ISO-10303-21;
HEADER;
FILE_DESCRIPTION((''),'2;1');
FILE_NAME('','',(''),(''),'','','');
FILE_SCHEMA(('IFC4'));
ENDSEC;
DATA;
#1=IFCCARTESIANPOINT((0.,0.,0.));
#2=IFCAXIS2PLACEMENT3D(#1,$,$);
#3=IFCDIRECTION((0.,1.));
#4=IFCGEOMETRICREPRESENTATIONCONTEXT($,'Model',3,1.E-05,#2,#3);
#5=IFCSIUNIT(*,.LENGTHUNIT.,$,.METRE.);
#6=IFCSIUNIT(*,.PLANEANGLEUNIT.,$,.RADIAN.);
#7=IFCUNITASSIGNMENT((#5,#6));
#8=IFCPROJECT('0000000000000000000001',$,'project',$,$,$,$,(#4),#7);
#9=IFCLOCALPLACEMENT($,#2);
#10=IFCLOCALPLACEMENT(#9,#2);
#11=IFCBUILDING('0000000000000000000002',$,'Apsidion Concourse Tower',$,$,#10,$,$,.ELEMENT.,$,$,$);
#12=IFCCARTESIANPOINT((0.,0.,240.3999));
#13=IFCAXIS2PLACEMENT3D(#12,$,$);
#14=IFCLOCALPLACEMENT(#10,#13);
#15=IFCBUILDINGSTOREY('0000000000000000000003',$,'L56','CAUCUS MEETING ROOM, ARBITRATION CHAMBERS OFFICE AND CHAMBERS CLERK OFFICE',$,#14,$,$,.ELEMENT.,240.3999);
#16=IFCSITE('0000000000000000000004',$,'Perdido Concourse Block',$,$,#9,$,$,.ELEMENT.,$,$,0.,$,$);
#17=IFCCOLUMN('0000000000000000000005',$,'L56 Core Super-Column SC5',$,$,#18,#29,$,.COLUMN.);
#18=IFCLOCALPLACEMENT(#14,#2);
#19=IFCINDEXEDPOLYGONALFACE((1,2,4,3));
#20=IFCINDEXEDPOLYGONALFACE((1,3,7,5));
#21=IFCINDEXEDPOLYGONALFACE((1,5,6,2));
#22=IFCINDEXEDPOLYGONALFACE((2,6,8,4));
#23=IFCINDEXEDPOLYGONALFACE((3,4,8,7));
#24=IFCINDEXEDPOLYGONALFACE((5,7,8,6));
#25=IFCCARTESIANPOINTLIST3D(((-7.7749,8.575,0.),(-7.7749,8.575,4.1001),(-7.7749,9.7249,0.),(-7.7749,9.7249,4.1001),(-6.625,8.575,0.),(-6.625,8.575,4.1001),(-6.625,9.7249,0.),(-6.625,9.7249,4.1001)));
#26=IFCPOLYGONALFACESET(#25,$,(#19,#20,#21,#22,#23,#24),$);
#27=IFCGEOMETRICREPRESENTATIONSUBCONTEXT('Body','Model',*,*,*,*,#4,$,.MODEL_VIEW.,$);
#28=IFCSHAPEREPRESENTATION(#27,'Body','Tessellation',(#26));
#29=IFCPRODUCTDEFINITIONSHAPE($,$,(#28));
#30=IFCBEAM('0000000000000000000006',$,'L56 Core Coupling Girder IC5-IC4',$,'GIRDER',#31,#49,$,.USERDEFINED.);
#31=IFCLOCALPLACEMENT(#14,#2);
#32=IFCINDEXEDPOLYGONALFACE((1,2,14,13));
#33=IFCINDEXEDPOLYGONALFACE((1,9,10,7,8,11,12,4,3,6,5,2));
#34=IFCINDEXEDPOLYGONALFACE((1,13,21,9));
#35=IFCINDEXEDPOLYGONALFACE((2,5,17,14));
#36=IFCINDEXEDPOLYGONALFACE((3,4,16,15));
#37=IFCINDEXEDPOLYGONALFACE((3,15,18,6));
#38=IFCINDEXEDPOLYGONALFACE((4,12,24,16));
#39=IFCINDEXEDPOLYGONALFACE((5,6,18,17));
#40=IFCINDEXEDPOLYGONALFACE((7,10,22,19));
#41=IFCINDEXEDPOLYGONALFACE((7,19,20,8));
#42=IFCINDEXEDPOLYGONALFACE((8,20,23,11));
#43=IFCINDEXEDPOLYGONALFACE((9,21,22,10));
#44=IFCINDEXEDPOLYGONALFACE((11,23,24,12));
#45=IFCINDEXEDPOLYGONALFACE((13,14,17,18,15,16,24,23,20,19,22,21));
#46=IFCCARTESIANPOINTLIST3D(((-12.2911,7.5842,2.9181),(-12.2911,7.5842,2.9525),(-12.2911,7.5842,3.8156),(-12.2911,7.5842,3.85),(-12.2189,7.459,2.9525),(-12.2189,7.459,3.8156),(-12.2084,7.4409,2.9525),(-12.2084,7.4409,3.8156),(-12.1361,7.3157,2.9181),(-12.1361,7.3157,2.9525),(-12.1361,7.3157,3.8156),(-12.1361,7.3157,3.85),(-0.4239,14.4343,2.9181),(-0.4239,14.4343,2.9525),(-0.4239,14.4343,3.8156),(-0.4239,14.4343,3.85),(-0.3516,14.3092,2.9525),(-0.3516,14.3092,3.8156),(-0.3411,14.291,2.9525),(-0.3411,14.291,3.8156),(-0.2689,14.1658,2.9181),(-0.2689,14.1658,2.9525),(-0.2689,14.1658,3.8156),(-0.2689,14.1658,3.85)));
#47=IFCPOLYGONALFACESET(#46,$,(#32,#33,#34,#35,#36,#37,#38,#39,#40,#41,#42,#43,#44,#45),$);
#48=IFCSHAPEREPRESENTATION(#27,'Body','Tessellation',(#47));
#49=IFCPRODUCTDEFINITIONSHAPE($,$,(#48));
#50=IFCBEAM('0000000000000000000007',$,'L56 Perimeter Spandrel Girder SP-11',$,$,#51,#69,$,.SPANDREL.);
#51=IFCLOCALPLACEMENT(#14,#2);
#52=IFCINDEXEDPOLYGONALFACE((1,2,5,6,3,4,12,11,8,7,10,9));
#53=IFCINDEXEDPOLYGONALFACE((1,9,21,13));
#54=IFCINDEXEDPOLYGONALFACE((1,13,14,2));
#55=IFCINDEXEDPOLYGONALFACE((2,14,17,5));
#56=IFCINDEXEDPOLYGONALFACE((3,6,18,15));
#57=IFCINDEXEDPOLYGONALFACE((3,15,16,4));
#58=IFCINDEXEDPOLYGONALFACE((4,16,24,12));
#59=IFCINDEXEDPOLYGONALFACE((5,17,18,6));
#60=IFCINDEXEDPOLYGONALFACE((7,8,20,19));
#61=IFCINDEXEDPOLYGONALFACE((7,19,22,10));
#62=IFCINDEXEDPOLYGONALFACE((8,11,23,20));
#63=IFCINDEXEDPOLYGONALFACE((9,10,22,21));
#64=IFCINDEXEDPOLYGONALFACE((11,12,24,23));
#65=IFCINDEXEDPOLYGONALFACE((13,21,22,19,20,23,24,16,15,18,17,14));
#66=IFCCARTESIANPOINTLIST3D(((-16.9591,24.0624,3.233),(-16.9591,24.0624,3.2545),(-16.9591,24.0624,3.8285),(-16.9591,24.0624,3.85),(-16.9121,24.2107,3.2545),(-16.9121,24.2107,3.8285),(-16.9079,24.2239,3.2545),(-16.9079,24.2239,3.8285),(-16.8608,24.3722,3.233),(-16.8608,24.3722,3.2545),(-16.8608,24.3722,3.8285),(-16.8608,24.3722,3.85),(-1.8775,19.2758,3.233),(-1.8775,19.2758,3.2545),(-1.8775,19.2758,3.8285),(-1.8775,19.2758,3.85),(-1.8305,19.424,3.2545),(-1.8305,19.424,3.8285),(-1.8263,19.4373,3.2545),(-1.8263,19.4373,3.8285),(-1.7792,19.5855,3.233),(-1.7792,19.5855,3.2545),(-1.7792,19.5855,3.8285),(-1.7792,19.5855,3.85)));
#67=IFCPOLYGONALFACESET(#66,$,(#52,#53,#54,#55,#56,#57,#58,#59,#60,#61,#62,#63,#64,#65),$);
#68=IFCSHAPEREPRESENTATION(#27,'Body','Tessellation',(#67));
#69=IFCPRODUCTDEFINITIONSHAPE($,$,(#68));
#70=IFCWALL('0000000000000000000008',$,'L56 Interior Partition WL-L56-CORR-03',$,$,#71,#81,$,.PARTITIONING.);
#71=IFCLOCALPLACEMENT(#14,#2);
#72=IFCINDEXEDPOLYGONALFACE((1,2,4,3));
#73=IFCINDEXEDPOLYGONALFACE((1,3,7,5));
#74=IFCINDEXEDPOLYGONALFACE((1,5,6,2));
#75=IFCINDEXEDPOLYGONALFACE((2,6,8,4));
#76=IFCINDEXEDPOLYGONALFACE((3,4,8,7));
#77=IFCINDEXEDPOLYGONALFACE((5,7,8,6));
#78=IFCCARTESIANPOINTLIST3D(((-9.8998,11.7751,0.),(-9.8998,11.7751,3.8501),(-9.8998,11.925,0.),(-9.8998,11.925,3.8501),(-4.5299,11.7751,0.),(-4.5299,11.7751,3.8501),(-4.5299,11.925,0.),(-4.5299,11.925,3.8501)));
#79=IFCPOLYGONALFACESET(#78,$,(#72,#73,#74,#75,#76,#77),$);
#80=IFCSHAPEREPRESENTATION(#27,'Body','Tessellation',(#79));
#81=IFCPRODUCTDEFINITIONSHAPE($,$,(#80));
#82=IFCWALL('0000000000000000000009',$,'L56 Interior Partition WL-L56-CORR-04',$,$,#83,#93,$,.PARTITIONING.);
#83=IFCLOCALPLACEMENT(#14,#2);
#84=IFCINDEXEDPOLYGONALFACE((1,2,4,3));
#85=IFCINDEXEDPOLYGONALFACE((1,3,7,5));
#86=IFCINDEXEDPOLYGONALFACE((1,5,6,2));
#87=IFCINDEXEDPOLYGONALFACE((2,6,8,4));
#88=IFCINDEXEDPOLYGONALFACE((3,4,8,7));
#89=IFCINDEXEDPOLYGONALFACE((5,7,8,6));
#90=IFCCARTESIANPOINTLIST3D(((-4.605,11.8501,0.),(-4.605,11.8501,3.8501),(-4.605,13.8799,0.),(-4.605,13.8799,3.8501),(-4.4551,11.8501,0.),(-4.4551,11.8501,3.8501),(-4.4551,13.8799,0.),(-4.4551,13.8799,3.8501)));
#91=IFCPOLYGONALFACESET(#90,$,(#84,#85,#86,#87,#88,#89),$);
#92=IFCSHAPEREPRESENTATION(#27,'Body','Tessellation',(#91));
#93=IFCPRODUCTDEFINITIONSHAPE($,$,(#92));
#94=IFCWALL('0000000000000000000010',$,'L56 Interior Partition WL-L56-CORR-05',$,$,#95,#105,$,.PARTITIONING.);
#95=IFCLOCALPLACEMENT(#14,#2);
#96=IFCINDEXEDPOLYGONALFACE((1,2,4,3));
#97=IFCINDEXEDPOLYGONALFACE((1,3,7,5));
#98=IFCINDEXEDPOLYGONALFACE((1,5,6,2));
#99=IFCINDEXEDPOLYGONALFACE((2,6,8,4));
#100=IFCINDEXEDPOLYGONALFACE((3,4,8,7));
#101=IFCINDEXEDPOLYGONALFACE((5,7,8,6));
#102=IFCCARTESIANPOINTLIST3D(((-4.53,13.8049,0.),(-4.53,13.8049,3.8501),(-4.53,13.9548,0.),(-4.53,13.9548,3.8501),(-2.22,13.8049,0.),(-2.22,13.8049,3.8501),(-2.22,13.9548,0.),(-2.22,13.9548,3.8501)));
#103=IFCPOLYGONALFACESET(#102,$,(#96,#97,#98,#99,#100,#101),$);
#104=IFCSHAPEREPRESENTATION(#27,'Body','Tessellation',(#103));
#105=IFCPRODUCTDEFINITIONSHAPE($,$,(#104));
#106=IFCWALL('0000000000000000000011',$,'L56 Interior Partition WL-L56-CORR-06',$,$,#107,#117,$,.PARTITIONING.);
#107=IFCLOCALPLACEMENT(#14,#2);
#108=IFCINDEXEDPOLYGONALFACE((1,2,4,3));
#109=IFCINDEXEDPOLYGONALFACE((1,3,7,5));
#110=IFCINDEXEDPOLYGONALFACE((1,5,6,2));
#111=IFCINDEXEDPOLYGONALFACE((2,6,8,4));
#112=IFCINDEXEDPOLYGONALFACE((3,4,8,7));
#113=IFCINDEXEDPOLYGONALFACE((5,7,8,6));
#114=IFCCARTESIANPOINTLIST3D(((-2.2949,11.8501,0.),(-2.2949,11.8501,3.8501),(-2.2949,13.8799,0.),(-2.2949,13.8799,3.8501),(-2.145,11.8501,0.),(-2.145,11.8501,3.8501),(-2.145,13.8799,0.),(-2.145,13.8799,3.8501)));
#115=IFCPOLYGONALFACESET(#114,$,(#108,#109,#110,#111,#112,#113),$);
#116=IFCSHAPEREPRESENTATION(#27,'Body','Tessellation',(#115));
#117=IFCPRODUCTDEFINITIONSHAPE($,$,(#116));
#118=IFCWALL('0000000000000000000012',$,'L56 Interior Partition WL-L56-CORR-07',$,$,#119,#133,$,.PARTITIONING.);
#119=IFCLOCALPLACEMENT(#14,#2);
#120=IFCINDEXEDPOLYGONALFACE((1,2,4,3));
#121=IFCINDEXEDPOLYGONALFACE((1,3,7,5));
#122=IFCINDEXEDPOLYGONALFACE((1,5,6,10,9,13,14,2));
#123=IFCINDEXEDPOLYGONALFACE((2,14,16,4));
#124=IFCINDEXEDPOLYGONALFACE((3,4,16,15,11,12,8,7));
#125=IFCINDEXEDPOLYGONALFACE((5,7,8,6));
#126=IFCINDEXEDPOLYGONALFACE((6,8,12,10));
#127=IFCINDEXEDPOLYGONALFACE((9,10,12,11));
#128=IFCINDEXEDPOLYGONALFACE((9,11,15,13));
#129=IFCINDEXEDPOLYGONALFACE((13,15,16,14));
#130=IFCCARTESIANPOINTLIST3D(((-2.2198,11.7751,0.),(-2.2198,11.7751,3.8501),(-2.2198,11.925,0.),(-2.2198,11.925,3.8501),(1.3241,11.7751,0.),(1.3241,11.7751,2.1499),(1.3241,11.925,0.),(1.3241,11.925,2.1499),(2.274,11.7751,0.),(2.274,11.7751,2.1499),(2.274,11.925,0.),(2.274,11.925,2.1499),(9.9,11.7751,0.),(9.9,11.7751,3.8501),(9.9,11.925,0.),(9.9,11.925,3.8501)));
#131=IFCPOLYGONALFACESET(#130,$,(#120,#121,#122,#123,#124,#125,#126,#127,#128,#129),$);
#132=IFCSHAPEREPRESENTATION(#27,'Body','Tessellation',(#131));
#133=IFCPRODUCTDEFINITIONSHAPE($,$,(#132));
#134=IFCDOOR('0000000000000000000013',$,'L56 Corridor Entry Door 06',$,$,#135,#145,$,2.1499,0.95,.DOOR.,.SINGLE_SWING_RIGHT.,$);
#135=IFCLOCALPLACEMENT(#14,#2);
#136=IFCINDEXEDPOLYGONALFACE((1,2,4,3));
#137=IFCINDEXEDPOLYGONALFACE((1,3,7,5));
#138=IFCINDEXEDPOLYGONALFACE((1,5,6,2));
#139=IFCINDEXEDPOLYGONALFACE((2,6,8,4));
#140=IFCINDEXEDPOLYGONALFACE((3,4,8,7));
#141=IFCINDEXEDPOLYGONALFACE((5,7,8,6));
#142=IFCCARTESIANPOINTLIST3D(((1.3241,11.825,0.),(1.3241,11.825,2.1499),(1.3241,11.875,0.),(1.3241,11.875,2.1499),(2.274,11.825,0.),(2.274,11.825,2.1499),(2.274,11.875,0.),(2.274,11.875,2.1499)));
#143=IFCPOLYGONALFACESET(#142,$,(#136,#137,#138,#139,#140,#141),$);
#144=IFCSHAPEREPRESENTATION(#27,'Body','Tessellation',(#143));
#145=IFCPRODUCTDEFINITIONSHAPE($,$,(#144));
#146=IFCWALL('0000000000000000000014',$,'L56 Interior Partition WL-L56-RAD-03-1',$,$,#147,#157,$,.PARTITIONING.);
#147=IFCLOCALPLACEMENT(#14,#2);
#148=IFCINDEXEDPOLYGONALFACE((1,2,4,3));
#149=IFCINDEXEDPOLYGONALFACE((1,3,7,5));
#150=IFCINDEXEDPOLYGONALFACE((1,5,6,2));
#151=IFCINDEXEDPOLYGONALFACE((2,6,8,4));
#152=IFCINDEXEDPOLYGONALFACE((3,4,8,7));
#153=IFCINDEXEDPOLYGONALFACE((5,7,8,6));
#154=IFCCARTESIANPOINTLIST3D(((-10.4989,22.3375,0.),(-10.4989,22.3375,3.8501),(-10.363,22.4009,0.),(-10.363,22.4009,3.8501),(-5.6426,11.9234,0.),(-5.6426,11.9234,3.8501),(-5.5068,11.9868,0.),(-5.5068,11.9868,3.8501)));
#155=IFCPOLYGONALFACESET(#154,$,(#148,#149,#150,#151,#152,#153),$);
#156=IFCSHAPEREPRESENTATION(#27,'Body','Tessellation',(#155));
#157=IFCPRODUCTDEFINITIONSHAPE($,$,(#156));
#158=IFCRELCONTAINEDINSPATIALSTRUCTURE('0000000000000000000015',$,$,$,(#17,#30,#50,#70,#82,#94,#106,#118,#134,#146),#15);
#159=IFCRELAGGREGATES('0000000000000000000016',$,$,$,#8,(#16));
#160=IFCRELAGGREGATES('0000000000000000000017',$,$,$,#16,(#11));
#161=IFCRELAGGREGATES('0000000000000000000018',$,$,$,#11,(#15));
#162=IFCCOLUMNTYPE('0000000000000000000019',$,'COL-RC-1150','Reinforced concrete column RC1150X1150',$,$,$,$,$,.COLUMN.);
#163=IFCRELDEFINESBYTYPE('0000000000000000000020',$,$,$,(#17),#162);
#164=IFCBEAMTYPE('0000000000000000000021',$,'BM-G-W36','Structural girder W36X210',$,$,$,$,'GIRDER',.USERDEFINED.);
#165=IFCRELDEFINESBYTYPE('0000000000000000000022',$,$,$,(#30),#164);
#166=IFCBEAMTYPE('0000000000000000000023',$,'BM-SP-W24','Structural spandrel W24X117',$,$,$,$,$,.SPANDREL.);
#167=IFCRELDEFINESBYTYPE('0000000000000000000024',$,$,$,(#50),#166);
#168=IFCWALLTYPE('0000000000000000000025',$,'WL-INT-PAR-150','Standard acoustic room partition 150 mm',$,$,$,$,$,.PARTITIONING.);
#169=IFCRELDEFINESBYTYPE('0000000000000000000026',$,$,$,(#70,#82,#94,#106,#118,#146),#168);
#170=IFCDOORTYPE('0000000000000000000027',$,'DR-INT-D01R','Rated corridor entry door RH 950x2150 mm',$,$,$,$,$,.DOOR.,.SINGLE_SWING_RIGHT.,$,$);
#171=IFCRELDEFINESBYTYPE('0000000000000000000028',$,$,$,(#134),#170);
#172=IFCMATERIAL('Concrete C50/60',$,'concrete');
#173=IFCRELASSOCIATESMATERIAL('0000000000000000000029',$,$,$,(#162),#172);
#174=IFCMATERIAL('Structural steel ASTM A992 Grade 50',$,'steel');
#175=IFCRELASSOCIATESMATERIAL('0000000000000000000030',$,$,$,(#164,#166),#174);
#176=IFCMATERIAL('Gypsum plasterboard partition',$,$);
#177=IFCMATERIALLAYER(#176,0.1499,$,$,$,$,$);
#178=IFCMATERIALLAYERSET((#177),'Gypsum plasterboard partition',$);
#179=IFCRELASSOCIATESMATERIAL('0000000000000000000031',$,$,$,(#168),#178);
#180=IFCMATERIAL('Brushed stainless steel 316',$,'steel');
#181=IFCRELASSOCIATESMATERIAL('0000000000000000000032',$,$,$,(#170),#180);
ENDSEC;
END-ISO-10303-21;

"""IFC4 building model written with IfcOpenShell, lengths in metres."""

from ifc_helpers import new_model, si_unit, direction, frame, frame_2d, origin, origin_2d, place, context, subcontext, project, spatial, rectangle, i_section, extrude, material, layer, layer_set, material_profile, profile_set, type_object, element, fill, save


model = new_model("IFC4")

# Units and contexts
model_context = context("Model", 3, precision=1e-05, world=origin(), true_north=direction((0.0, 1.0)))
body_context = subcontext(model_context, "Body", "Model", "MODEL_VIEW")
ifc_project = project(units=[si_unit("LENGTHUNIT", "METRE"), si_unit("PLANEANGLEUNIT", "RADIAN")], contexts=[model_context])

# Site, building, storey
site_placement = place(None, origin())
site = spatial("IfcSite", under=ifc_project, at=site_placement, Name="Perdido Concourse Block", CompositionType="ELEMENT", RefElevation=0.0)
building_placement = place(site_placement, origin())
building = spatial("IfcBuilding", under=site, at=building_placement, Name="Apsidion Concourse Tower", CompositionType="ELEMENT")
storey_placement = place(building_placement, frame((0.0, 0.0, 240.3999)))
storey = spatial("IfcBuildingStorey", under=building, at=storey_placement, Name="L56", Description="CAUCUS MEETING ROOM, ARBITRATION CHAMBERS OFFICE AND CHAMBERS CLERK OFFICE", CompositionType="ELEMENT", Elevation=240.3999)

# Column
ifc_material_1 = material(Name="Concrete C50/60", Category="concrete")
ifc_material_profile_1 = material_profile(ifc_material_1, rectangle(XDim=1.1499, YDim=1.1499, at=origin_2d()), Name="RC 1150x1150")
ifc_profile_set_1 = profile_set([ifc_material_profile_1], Name="Concrete C50/60")
column_type = type_object("IfcColumnType", Name="COL-RC-1150", Description="Reinforced concrete column RC1150X1150", PredefinedType="COLUMN", material=ifc_profile_set_1)
column_placement = place(storey_placement, frame((-7.2, 9.1499, 0.0), z_axis=(0.0, 0.0, 1.0), x_axis=(1.0, 0.0, 0.0)))
element("IfcColumn", 1, at=column_placement, inside=storey, type_object=column_type, Name="L56 Core Super-Column SC5", PredefinedType="COLUMN", context=body_context, shape_type="SweptSolid", body=[
    extrude(rectangle(XDim=1.1499, YDim=1.1499, at=origin_2d()), origin(), (0.0, 0.0, 1.0), 4.1001),
])

# Beams
ifc_material_2 = material(Name="Structural steel ASTM A992 Grade 50", Category="steel")
ifc_material_profile_2 = material_profile(ifc_material_2, i_section(OverallWidth=0.3101, OverallDepth=0.9319, WebThickness=0.021, FlangeThickness=0.0344, at=origin_2d()), Name="W36X210")
ifc_profile_set_2 = profile_set([ifc_material_profile_2], Name="Structural steel ASTM A992 Grade 50")
beam_type_1 = type_object("IfcBeamType", Name="BM-G-W36", Description="Structural girder W36X210", ElementType="GIRDER", PredefinedType="USERDEFINED", material=ifc_profile_set_2)
beam_1_placement = place(storey_placement, frame((-12.2136, 7.45, 3.384), z_axis=(0.86607, 0.499922, 0.0), x_axis=(-0.499922, 0.86607, 0.0)))
element("IfcBeam", 2, at=beam_1_placement, inside=storey, type_object=beam_type_1, Name="L56 Core Coupling Girder IC5-IC4", ObjectType="GIRDER", PredefinedType="USERDEFINED", context=body_context, shape_type="SweptSolid", body=[
    extrude(i_section(OverallWidth=0.3101, OverallDepth=0.9319, WebThickness=0.021, FlangeThickness=0.0344, at=origin_2d()), origin(), (0.0, 0.0, 1.0), 13.7024),
])
ifc_material_profile_3 = material_profile(ifc_material_2, i_section(OverallWidth=0.325, OverallDepth=0.6169, WebThickness=0.0139, FlangeThickness=0.0215, at=origin_2d()), Name="W24X117")
ifc_profile_set_3 = profile_set([ifc_material_profile_3], Name="Structural steel ASTM A992 Grade 50")
beam_type_2 = type_object("IfcBeamType", Name="BM-SP-W24", Description="Structural spandrel W24X117", PredefinedType="SPANDREL", material=ifc_profile_set_3)
beam_2_placement = place(storey_placement, frame((-1.8284, 19.4307, 3.5415), z_axis=(-0.953146, 0.302512, 0.0), x_axis=(-0.302512, -0.953146, 0.0)))
element("IfcBeam", 3, at=beam_2_placement, inside=storey, type_object=beam_type_2, Name="L56 Perimeter Spandrel Girder SP-11", PredefinedType="SPANDREL", context=body_context, shape_type="SweptSolid", body=[
    extrude(i_section(OverallWidth=0.325, OverallDepth=0.6169, WebThickness=0.0139, FlangeThickness=0.0215, at=origin_2d()), origin(), (0.0, 0.0, 1.0), 15.823),
])

# Walls
ifc_material_3 = material(Name="Gypsum plasterboard partition")
ifc_layer_1 = layer(ifc_material_3, 0.1499)
ifc_layer_set_1 = layer_set([ifc_layer_1], Name="Gypsum plasterboard partition")
wall_type_1 = type_object("IfcWallType", Name="WL-INT-PAR-150", Description="Standard acoustic room partition 150 mm", PredefinedType="PARTITIONING", material=ifc_layer_set_1)
wall_1_placement = place(storey_placement, frame((-9.8999, 11.8501, 0.0), z_axis=(0.0, 0.0, 1.0), x_axis=(1.0, 0.0, 0.0)))
element("IfcWall", 4, at=wall_1_placement, inside=storey, type_object=wall_type_1, Name="L56 Interior Partition WL-L56-CORR-03", PredefinedType="PARTITIONING", context=body_context, shape_type="SweptSolid", body=[
    extrude(rectangle(XDim=5.3699, YDim=0.1499, at=frame_2d((2.6851, 0.0))), origin(), (0.0, 0.0, 1.0), 3.8501),
])
wall_2_placement = place(storey_placement, frame((-4.53, 11.8501, 0.0), z_axis=(0.0, 0.0, 1.0), x_axis=(0.0, 1.0, 0.0)))
element("IfcWall", 5, at=wall_2_placement, inside=storey, type_object=wall_type_1, Name="L56 Interior Partition WL-L56-CORR-04", PredefinedType="PARTITIONING", context=body_context, shape_type="SweptSolid", body=[
    extrude(rectangle(XDim=2.0298, YDim=0.1499, at=frame_2d((1.0149, 0.0))), origin(), (0.0, 0.0, 1.0), 3.8501),
])
wall_3_placement = place(storey_placement, frame((-4.53, 13.8799, 0.0), z_axis=(0.0, 0.0, 1.0), x_axis=(1.0, 0.0, 0.0)))
element("IfcWall", 6, at=wall_3_placement, inside=storey, type_object=wall_type_1, Name="L56 Interior Partition WL-L56-CORR-05", PredefinedType="PARTITIONING", context=body_context, shape_type="SweptSolid", body=[
    extrude(rectangle(XDim=2.3101, YDim=0.1499, at=frame_2d((1.155, 0.0))), origin(), (0.0, 0.0, 1.0), 3.8501),
])
wall_4_placement = place(storey_placement, frame((-2.22, 13.8799, 0.0), z_axis=(0.0, 0.0, 1.0), x_axis=(0.0, -1.0, 0.0)))
element("IfcWall", 7, at=wall_4_placement, inside=storey, type_object=wall_type_1, Name="L56 Interior Partition WL-L56-CORR-06", PredefinedType="PARTITIONING", context=body_context, shape_type="SweptSolid", body=[
    extrude(rectangle(XDim=2.0298, YDim=0.1499, at=frame_2d((1.0149, 0.0))), origin(), (0.0, 0.0, 1.0), 3.8501),
])

# Wall, opening, door
wall_5_placement = place(storey_placement, frame((-2.22, 11.8501, 0.0), z_axis=(0.0, 0.0, 1.0), x_axis=(1.0, 0.0, 0.0)))
wall_5 = element("IfcWall", 8, at=wall_5_placement, inside=storey, type_object=wall_type_1, Name="L56 Interior Partition WL-L56-CORR-07", PredefinedType="PARTITIONING", context=body_context, shape_type="SweptSolid", body=[
    extrude(rectangle(XDim=12.1199, YDim=0.1499, at=frame_2d((6.0601, 0.0))), origin(), (0.0, 0.0, 1.0), 3.8501),
])
opening_1_placement = place(wall_5_placement, frame((3.5439, 0.0, 0.0)))
opening_1 = element("IfcOpeningElement", 9, at=opening_1_placement, cuts=wall_5, PredefinedType="OPENING", context=body_context, shape_type="SweptSolid", body=[
    extrude(rectangle(XDim=0.95, YDim=2.1499, at=frame_2d((0.4751, 1.075))), frame((0.0, 0.085, 0.0), z_axis=(0.0, -1.0, 0.0), x_axis=(1.0, 0.0, 0.0)), (0.0, 0.0, 1.0), 0.1699),
])
ifc_material_4 = material(Name="Brushed stainless steel 316", Category="steel")
door_type_1 = type_object("IfcDoorType", Name="DR-INT-D01R", Description="Rated corridor entry door RH 950x2150 mm", OperationType="SINGLE_SWING_RIGHT", PredefinedType="DOOR", material=ifc_material_4)
door_1_placement = place(opening_1_placement, origin())
door_1 = element("IfcDoor", 10, at=door_1_placement, inside=storey, type_object=door_type_1, Name="L56 Corridor Entry Door 06", OperationType="SINGLE_SWING_RIGHT", OverallHeight=2.1499, OverallWidth=0.95, PredefinedType="DOOR", context=body_context, shape_type="SweptSolid", body=[
    extrude(rectangle(XDim=0.95, YDim=2.1499, at=frame_2d((0.4751, 1.075))), frame((0.0, 0.0249, 0.0), z_axis=(0.0, -1.0, 0.0), x_axis=(1.0, 0.0, 0.0)), (0.0, 0.0, 1.0), 0.05),
])
fill(opening_1, door_1)

# Wall
wall_6_placement = place(storey_placement, frame((-5.5747, 11.9551, 0.0), z_axis=(0.0, 0.0, 1.0), x_axis=(-0.422621, 0.906306, 0.0)))
element("IfcWall", 11, at=wall_6_placement, inside=storey, type_object=wall_type_1, Name="L56 Interior Partition WL-L56-RAD-03-1", PredefinedType="PARTITIONING", context=body_context, shape_type="SweptSolid", body=[
    extrude(rectangle(XDim=11.4907, YDim=0.1499, at=frame_2d((5.7454, 0.0))), origin(), (0.0, 0.0, 1.0), 3.8501),
])

save(model, "model.ifc")
